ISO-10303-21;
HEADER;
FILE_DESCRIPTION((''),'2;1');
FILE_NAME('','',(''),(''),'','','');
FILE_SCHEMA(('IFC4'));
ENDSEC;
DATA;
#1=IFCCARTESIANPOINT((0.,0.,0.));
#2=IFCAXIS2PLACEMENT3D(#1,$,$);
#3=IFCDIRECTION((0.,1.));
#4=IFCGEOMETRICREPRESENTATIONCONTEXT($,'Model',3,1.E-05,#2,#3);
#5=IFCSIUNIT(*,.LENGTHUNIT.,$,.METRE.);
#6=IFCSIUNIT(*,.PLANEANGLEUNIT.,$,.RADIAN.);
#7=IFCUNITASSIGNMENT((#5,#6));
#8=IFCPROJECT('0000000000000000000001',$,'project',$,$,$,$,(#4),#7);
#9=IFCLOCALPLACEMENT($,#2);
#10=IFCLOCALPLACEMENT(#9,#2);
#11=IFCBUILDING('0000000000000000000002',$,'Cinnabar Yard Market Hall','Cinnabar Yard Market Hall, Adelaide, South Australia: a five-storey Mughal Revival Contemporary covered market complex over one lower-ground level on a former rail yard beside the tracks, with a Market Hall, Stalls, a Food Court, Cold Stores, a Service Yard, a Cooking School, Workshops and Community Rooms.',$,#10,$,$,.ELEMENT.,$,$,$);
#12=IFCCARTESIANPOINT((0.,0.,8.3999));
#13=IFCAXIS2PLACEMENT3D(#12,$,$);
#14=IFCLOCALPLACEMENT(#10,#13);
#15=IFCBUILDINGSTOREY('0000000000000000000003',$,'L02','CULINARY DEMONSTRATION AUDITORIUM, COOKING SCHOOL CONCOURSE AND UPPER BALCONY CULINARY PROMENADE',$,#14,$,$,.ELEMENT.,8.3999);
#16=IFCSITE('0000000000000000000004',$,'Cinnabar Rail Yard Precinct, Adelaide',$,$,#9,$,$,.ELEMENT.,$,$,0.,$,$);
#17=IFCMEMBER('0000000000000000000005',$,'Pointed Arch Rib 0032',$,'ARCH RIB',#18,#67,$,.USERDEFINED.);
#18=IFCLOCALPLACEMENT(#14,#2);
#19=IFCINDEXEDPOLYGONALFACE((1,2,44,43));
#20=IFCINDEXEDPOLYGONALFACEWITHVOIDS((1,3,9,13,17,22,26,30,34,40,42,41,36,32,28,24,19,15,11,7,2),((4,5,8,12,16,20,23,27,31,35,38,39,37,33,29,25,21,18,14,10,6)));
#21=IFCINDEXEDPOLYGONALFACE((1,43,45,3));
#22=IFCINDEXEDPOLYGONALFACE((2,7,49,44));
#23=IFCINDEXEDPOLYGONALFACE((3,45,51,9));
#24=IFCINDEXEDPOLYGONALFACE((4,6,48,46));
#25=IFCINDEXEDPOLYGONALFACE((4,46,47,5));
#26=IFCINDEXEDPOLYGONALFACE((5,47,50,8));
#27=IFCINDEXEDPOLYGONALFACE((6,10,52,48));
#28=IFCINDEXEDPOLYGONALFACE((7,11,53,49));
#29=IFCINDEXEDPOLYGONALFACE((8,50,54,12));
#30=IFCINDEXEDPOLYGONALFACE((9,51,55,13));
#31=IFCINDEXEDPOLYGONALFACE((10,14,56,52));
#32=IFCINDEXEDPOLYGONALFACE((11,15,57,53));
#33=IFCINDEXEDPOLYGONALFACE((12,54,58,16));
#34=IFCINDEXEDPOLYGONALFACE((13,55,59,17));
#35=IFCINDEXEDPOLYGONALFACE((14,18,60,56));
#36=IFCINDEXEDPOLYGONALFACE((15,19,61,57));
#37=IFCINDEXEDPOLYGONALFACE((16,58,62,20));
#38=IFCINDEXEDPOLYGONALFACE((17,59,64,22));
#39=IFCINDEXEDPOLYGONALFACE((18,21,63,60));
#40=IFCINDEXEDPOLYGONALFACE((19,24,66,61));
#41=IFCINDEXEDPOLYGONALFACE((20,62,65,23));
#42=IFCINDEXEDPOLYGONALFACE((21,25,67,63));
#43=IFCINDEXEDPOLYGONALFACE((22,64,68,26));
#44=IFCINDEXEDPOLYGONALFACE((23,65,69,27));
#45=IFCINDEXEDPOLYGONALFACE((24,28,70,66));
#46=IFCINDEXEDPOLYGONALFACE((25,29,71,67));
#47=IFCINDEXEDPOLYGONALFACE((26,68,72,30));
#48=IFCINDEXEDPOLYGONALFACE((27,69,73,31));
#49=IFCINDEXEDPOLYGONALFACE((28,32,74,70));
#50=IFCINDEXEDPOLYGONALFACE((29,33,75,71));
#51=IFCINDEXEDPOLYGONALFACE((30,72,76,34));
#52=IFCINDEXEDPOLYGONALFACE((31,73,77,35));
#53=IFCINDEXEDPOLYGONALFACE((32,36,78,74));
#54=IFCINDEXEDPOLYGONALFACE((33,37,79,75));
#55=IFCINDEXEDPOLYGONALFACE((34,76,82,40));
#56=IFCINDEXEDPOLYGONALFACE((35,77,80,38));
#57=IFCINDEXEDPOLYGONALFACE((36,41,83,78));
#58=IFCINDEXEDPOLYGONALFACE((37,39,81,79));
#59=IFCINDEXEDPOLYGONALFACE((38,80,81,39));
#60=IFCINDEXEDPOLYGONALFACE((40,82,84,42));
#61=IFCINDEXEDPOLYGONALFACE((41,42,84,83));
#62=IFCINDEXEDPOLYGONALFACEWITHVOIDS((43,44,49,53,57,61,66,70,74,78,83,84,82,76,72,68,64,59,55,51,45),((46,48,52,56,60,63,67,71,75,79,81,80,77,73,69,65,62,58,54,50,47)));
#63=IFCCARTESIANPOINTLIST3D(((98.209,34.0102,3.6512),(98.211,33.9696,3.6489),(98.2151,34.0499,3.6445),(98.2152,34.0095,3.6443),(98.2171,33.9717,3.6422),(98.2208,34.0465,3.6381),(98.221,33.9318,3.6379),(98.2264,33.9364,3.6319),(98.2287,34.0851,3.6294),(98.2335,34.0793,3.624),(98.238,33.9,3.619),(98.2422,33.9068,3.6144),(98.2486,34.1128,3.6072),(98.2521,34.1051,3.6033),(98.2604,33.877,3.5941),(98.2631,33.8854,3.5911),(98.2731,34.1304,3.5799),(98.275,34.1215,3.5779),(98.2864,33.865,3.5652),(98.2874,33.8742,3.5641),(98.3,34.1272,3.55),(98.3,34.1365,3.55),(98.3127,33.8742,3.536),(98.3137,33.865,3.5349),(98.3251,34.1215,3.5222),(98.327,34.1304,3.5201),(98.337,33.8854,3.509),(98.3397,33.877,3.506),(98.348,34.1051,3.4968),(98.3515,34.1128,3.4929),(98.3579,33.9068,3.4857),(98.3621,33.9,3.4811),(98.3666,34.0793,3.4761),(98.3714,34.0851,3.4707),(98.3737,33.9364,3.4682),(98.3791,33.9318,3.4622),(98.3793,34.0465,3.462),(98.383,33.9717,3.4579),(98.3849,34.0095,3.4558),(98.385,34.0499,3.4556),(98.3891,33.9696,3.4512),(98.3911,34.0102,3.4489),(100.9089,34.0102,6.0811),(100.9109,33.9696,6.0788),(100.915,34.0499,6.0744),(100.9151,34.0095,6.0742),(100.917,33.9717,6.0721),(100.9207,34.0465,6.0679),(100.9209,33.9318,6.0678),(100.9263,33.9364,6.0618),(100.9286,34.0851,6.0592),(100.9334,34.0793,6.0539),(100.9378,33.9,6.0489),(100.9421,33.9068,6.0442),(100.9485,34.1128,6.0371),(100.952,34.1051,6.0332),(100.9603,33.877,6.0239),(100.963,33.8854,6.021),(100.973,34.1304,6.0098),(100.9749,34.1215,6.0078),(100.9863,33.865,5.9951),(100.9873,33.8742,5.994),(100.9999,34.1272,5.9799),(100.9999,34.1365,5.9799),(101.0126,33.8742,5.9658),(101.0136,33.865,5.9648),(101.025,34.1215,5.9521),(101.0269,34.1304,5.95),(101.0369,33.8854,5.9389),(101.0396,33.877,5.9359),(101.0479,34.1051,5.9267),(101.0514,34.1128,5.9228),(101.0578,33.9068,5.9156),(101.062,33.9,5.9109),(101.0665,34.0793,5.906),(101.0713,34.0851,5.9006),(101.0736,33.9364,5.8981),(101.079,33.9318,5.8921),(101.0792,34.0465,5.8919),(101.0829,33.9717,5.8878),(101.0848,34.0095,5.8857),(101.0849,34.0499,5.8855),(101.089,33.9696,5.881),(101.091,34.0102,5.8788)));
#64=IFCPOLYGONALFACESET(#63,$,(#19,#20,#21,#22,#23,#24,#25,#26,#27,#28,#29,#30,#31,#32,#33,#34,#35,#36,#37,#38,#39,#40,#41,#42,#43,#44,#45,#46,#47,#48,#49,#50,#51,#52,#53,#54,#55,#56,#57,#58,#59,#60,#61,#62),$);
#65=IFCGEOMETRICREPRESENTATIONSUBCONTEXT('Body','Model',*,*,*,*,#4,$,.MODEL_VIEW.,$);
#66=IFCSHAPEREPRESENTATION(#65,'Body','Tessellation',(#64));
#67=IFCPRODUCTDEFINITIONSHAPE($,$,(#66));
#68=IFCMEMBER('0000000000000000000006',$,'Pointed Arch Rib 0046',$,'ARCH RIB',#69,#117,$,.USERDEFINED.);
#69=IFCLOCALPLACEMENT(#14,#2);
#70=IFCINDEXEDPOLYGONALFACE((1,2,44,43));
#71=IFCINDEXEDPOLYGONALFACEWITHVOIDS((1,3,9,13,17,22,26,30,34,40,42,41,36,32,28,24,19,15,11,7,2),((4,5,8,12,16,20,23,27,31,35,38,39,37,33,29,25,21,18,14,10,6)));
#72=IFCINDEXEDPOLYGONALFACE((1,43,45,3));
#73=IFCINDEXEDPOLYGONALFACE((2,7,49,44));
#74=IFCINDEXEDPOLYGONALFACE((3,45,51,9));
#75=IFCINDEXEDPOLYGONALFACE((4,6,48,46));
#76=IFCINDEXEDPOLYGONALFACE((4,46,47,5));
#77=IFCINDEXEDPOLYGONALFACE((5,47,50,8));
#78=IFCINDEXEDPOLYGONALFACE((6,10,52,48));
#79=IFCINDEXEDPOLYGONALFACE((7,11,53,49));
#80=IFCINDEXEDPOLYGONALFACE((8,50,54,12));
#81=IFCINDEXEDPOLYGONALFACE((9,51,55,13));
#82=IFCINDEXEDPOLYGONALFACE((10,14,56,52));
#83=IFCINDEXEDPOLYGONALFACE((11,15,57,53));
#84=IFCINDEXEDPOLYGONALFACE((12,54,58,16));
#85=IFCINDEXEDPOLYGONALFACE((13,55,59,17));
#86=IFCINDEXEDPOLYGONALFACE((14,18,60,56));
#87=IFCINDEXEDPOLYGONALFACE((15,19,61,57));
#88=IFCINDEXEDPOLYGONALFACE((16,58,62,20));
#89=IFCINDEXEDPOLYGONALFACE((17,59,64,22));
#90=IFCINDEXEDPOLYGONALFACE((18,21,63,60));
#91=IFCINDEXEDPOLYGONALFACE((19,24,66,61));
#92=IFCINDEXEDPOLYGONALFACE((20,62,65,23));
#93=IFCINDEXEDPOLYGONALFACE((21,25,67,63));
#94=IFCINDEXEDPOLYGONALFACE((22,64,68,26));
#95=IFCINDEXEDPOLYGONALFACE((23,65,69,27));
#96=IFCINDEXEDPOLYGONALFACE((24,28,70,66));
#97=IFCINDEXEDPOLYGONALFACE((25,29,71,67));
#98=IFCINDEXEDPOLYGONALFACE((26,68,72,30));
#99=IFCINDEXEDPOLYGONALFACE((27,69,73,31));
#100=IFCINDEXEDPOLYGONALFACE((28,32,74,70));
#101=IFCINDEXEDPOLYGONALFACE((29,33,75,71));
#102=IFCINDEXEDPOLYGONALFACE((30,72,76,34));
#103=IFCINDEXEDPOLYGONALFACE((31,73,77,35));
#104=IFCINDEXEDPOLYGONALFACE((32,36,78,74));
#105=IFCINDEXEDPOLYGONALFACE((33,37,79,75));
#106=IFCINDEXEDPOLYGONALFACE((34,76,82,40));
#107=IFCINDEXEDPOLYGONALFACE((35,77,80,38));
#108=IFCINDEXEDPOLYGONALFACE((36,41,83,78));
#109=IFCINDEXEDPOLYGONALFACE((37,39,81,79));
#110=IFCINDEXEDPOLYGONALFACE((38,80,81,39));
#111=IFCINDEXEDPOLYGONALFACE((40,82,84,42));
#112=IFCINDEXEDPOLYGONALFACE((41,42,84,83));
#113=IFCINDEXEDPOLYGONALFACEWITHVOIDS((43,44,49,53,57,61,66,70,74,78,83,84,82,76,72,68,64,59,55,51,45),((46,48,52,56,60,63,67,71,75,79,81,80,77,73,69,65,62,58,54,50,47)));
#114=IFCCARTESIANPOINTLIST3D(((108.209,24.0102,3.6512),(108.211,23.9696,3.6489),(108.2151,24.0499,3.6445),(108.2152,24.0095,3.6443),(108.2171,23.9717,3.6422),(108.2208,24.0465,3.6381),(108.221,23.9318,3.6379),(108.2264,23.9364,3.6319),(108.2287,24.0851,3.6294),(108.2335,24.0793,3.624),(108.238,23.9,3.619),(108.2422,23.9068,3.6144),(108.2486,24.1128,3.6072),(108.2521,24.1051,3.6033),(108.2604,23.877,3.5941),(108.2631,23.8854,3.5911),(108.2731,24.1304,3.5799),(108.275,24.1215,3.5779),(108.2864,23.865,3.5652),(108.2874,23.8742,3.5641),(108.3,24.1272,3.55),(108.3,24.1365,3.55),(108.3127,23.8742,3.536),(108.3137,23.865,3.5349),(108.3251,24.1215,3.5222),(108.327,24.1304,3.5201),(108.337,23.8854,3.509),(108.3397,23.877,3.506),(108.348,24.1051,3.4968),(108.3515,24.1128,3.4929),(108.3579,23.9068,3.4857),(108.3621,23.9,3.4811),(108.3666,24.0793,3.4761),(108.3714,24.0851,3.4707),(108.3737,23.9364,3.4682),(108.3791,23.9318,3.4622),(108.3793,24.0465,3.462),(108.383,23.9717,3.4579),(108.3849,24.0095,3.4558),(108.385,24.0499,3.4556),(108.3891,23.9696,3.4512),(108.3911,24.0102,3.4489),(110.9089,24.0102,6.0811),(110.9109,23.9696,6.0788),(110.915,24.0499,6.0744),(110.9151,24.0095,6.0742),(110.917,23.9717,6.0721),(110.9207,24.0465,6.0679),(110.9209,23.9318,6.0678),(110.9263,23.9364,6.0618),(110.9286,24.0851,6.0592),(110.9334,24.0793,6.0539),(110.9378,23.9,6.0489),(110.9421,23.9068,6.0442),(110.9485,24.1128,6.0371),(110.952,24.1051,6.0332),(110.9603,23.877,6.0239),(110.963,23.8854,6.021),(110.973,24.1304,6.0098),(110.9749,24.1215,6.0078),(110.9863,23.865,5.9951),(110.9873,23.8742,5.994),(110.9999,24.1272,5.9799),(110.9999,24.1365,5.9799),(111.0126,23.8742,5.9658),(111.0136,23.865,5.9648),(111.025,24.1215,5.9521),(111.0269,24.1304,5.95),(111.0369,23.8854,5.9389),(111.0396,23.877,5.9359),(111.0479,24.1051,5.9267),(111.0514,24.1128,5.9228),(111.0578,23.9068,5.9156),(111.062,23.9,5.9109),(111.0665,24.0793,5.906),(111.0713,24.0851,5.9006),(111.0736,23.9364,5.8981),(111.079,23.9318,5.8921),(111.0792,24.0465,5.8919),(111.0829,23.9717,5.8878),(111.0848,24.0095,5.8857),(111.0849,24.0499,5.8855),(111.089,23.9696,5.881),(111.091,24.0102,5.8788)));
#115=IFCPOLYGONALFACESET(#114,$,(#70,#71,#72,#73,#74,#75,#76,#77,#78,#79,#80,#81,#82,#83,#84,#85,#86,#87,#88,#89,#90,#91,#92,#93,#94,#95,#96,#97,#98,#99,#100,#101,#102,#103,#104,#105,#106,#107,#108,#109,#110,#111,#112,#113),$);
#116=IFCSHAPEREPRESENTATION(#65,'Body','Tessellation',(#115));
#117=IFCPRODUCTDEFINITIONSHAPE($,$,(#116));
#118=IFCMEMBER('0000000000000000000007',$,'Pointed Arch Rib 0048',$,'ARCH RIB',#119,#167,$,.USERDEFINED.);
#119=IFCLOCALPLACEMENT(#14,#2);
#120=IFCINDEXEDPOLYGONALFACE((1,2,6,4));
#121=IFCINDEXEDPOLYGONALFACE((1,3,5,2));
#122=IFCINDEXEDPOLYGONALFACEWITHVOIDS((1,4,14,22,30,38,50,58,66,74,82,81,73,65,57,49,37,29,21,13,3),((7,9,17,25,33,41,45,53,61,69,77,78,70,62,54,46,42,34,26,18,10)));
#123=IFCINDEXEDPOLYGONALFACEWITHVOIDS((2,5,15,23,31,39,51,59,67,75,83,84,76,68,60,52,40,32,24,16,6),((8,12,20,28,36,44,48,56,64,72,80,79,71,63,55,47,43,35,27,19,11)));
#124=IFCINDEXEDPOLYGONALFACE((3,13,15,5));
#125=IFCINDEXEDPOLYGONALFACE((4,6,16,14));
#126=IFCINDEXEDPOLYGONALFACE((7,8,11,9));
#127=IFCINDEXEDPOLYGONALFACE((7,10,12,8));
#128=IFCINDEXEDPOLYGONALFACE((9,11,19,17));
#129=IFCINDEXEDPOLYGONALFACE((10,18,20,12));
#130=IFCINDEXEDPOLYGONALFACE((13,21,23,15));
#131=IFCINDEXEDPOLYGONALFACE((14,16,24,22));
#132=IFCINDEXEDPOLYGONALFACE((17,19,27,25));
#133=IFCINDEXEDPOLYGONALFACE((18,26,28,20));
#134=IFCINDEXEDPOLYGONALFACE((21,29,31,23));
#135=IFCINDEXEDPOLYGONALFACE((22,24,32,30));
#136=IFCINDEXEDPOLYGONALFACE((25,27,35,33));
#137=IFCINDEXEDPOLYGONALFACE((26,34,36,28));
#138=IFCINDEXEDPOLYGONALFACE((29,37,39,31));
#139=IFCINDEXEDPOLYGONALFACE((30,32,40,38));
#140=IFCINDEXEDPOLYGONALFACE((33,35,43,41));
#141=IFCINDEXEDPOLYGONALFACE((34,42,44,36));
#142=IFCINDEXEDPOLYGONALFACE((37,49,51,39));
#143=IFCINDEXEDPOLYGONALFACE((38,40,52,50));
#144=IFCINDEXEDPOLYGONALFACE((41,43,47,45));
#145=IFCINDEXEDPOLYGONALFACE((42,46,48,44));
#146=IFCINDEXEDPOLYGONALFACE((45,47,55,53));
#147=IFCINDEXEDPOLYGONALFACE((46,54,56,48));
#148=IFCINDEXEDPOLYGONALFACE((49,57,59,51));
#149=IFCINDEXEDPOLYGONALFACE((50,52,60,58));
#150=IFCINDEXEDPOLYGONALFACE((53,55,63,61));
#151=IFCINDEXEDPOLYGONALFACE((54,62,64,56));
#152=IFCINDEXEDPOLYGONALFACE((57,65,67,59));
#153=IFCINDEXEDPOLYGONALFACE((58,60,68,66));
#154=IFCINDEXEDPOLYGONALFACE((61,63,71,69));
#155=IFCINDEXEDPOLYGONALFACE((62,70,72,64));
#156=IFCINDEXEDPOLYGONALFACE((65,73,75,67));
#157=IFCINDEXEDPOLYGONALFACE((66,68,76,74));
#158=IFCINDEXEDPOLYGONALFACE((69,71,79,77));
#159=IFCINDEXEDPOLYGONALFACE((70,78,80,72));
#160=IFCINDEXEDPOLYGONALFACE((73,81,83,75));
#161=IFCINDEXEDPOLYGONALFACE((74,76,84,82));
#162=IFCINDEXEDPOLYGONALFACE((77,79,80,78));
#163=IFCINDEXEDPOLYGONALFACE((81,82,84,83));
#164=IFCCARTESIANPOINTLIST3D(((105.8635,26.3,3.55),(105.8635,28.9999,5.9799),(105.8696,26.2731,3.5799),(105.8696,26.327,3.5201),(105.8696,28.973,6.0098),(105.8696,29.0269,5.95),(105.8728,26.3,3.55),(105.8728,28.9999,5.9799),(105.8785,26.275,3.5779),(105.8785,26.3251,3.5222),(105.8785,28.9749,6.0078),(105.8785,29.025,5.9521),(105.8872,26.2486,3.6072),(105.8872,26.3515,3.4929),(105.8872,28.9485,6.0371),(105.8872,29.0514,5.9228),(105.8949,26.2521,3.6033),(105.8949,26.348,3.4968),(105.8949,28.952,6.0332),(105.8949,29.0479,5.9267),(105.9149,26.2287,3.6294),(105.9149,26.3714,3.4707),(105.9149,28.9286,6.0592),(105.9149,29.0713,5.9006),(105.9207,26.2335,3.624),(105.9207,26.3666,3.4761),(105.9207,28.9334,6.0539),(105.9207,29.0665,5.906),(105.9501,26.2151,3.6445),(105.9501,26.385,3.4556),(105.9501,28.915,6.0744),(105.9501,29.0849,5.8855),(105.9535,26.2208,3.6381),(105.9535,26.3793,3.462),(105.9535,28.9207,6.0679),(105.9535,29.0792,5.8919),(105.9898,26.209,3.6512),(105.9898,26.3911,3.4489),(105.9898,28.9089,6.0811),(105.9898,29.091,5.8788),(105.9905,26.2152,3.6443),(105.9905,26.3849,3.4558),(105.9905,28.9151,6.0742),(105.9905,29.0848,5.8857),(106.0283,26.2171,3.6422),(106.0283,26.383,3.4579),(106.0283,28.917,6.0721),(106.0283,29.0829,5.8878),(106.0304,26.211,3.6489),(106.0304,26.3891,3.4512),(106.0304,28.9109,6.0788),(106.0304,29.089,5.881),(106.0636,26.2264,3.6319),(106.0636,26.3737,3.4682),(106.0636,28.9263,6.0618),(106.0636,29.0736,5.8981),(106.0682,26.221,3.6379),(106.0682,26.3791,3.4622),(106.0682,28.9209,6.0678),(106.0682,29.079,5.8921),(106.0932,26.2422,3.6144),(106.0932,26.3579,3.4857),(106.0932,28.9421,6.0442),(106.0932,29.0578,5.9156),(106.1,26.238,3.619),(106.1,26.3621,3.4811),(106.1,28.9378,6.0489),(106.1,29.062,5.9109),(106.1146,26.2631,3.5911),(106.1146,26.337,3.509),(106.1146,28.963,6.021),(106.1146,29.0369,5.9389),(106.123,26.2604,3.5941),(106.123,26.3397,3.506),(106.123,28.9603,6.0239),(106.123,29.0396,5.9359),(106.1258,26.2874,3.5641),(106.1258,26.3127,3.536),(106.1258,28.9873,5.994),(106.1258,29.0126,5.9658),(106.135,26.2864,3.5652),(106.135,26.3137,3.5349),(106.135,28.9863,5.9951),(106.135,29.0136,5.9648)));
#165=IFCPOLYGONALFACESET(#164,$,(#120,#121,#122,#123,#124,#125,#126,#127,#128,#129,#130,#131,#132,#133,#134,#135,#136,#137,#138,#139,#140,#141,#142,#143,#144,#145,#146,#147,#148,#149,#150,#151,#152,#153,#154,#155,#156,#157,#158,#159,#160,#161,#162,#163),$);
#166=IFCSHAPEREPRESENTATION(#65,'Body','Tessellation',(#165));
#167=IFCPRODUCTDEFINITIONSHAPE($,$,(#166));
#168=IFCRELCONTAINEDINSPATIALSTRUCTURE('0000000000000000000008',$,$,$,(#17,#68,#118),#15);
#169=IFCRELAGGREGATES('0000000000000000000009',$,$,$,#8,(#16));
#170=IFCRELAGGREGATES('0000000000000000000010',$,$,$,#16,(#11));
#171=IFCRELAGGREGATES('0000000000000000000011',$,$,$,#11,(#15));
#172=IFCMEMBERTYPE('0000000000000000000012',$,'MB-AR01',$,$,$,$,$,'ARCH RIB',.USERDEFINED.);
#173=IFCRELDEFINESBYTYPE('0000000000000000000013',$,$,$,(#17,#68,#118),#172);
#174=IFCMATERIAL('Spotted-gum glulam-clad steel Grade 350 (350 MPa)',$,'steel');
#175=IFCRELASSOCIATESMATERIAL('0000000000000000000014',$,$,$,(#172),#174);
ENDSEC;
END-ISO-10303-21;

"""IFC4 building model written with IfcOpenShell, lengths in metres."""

from ifc_helpers import new_model, si_unit, direction, frame, origin, origin_2d_with_axis, place, context, subcontext, project, spatial, hollow_circle, extrude, material, material_profile, profile_set, type_object, element, save


model = new_model("IFC4")

# Units and contexts
model_context = context("Model", 3, precision=1e-05, world=origin(), true_north=direction((0.0, 1.0)))
body_context = subcontext(model_context, "Body", "Model", "MODEL_VIEW")
ifc_project = project(units=[si_unit("LENGTHUNIT", "METRE"), si_unit("PLANEANGLEUNIT", "RADIAN")], contexts=[model_context])

# Site, building, storey
site_placement = place(None, origin())
site = spatial("IfcSite", under=ifc_project, at=site_placement, Name="Cinnabar Rail Yard Precinct, Adelaide", CompositionType="ELEMENT", RefElevation=0.0)
building_placement = place(site_placement, origin())
building = spatial("IfcBuilding", under=site, at=building_placement, Name="Cinnabar Yard Market Hall", Description="Cinnabar Yard Market Hall, Adelaide, South Australia: a five-storey Mughal Revival Contemporary covered market complex over one lower-ground level on a former rail yard beside the tracks, with a Market Hall, Stalls, a Food Court, Cold Stores, a Service Yard, a Cooking School, Workshops and Community Rooms.", CompositionType="ELEMENT")
storey_placement = place(building_placement, frame((0.0, 0.0, 8.3999)))
storey = spatial("IfcBuildingStorey", under=building, at=storey_placement, Name="L02", Description="CULINARY DEMONSTRATION AUDITORIUM, COOKING SCHOOL CONCOURSE AND UPPER BALCONY CULINARY PROMENADE", CompositionType="ELEMENT", Elevation=8.3999)

# Shared definitions
ifc_material_1 = material(Name="Spotted-gum glulam-clad steel Grade 350 (350 MPa)", Category="steel")

# Members
ifc_material_profile_1 = material_profile(ifc_material_1, hollow_circle(Radius=0.1365, WallThickness=0.0093, at=origin_2d_with_axis()), Name="273.1x9.3CHS")
ifc_profile_set_1 = profile_set([ifc_material_profile_1], Name="Spotted-gum glulam-clad steel Grade 350 (350 MPa)")
member_type_1 = type_object("IfcMemberType", Name="MB-AR01", ElementType="ARCH RIB", PredefinedType="USERDEFINED", material=ifc_profile_set_1)
for number, where, z_axis, x_axis, name in (
    (1, (98.3, 34.0, 3.55), (0.743297, 0.0, 0.668961), (0.0, 1.0, 0.0), "Pointed Arch Rib 0032"),
    (2, (108.3, 24.0, 3.55), (0.743297, 0.0, 0.668961), (0.0, 1.0, 0.0), "Pointed Arch Rib 0046"),
    (3, (106.0, 26.3, 3.55), (0.0, 0.743297, 0.668961), (-1.0, 0.0, 0.0), "Pointed Arch Rib 0048"),
):
    element("IfcMember", number, at=place(storey_placement, frame(where, z_axis=z_axis, x_axis=x_axis)), inside=storey, type_object=member_type_1, Name=name, ObjectType="ARCH RIB", PredefinedType="USERDEFINED", context=body_context, shape_type="SweptSolid", body=[
        extrude(hollow_circle(Radius=0.1365, WallThickness=0.0093, at=origin_2d_with_axis()), origin(), (0.0, 0.0, 1.0), 3.6323),
    ])

save(model, "model.ifc")
